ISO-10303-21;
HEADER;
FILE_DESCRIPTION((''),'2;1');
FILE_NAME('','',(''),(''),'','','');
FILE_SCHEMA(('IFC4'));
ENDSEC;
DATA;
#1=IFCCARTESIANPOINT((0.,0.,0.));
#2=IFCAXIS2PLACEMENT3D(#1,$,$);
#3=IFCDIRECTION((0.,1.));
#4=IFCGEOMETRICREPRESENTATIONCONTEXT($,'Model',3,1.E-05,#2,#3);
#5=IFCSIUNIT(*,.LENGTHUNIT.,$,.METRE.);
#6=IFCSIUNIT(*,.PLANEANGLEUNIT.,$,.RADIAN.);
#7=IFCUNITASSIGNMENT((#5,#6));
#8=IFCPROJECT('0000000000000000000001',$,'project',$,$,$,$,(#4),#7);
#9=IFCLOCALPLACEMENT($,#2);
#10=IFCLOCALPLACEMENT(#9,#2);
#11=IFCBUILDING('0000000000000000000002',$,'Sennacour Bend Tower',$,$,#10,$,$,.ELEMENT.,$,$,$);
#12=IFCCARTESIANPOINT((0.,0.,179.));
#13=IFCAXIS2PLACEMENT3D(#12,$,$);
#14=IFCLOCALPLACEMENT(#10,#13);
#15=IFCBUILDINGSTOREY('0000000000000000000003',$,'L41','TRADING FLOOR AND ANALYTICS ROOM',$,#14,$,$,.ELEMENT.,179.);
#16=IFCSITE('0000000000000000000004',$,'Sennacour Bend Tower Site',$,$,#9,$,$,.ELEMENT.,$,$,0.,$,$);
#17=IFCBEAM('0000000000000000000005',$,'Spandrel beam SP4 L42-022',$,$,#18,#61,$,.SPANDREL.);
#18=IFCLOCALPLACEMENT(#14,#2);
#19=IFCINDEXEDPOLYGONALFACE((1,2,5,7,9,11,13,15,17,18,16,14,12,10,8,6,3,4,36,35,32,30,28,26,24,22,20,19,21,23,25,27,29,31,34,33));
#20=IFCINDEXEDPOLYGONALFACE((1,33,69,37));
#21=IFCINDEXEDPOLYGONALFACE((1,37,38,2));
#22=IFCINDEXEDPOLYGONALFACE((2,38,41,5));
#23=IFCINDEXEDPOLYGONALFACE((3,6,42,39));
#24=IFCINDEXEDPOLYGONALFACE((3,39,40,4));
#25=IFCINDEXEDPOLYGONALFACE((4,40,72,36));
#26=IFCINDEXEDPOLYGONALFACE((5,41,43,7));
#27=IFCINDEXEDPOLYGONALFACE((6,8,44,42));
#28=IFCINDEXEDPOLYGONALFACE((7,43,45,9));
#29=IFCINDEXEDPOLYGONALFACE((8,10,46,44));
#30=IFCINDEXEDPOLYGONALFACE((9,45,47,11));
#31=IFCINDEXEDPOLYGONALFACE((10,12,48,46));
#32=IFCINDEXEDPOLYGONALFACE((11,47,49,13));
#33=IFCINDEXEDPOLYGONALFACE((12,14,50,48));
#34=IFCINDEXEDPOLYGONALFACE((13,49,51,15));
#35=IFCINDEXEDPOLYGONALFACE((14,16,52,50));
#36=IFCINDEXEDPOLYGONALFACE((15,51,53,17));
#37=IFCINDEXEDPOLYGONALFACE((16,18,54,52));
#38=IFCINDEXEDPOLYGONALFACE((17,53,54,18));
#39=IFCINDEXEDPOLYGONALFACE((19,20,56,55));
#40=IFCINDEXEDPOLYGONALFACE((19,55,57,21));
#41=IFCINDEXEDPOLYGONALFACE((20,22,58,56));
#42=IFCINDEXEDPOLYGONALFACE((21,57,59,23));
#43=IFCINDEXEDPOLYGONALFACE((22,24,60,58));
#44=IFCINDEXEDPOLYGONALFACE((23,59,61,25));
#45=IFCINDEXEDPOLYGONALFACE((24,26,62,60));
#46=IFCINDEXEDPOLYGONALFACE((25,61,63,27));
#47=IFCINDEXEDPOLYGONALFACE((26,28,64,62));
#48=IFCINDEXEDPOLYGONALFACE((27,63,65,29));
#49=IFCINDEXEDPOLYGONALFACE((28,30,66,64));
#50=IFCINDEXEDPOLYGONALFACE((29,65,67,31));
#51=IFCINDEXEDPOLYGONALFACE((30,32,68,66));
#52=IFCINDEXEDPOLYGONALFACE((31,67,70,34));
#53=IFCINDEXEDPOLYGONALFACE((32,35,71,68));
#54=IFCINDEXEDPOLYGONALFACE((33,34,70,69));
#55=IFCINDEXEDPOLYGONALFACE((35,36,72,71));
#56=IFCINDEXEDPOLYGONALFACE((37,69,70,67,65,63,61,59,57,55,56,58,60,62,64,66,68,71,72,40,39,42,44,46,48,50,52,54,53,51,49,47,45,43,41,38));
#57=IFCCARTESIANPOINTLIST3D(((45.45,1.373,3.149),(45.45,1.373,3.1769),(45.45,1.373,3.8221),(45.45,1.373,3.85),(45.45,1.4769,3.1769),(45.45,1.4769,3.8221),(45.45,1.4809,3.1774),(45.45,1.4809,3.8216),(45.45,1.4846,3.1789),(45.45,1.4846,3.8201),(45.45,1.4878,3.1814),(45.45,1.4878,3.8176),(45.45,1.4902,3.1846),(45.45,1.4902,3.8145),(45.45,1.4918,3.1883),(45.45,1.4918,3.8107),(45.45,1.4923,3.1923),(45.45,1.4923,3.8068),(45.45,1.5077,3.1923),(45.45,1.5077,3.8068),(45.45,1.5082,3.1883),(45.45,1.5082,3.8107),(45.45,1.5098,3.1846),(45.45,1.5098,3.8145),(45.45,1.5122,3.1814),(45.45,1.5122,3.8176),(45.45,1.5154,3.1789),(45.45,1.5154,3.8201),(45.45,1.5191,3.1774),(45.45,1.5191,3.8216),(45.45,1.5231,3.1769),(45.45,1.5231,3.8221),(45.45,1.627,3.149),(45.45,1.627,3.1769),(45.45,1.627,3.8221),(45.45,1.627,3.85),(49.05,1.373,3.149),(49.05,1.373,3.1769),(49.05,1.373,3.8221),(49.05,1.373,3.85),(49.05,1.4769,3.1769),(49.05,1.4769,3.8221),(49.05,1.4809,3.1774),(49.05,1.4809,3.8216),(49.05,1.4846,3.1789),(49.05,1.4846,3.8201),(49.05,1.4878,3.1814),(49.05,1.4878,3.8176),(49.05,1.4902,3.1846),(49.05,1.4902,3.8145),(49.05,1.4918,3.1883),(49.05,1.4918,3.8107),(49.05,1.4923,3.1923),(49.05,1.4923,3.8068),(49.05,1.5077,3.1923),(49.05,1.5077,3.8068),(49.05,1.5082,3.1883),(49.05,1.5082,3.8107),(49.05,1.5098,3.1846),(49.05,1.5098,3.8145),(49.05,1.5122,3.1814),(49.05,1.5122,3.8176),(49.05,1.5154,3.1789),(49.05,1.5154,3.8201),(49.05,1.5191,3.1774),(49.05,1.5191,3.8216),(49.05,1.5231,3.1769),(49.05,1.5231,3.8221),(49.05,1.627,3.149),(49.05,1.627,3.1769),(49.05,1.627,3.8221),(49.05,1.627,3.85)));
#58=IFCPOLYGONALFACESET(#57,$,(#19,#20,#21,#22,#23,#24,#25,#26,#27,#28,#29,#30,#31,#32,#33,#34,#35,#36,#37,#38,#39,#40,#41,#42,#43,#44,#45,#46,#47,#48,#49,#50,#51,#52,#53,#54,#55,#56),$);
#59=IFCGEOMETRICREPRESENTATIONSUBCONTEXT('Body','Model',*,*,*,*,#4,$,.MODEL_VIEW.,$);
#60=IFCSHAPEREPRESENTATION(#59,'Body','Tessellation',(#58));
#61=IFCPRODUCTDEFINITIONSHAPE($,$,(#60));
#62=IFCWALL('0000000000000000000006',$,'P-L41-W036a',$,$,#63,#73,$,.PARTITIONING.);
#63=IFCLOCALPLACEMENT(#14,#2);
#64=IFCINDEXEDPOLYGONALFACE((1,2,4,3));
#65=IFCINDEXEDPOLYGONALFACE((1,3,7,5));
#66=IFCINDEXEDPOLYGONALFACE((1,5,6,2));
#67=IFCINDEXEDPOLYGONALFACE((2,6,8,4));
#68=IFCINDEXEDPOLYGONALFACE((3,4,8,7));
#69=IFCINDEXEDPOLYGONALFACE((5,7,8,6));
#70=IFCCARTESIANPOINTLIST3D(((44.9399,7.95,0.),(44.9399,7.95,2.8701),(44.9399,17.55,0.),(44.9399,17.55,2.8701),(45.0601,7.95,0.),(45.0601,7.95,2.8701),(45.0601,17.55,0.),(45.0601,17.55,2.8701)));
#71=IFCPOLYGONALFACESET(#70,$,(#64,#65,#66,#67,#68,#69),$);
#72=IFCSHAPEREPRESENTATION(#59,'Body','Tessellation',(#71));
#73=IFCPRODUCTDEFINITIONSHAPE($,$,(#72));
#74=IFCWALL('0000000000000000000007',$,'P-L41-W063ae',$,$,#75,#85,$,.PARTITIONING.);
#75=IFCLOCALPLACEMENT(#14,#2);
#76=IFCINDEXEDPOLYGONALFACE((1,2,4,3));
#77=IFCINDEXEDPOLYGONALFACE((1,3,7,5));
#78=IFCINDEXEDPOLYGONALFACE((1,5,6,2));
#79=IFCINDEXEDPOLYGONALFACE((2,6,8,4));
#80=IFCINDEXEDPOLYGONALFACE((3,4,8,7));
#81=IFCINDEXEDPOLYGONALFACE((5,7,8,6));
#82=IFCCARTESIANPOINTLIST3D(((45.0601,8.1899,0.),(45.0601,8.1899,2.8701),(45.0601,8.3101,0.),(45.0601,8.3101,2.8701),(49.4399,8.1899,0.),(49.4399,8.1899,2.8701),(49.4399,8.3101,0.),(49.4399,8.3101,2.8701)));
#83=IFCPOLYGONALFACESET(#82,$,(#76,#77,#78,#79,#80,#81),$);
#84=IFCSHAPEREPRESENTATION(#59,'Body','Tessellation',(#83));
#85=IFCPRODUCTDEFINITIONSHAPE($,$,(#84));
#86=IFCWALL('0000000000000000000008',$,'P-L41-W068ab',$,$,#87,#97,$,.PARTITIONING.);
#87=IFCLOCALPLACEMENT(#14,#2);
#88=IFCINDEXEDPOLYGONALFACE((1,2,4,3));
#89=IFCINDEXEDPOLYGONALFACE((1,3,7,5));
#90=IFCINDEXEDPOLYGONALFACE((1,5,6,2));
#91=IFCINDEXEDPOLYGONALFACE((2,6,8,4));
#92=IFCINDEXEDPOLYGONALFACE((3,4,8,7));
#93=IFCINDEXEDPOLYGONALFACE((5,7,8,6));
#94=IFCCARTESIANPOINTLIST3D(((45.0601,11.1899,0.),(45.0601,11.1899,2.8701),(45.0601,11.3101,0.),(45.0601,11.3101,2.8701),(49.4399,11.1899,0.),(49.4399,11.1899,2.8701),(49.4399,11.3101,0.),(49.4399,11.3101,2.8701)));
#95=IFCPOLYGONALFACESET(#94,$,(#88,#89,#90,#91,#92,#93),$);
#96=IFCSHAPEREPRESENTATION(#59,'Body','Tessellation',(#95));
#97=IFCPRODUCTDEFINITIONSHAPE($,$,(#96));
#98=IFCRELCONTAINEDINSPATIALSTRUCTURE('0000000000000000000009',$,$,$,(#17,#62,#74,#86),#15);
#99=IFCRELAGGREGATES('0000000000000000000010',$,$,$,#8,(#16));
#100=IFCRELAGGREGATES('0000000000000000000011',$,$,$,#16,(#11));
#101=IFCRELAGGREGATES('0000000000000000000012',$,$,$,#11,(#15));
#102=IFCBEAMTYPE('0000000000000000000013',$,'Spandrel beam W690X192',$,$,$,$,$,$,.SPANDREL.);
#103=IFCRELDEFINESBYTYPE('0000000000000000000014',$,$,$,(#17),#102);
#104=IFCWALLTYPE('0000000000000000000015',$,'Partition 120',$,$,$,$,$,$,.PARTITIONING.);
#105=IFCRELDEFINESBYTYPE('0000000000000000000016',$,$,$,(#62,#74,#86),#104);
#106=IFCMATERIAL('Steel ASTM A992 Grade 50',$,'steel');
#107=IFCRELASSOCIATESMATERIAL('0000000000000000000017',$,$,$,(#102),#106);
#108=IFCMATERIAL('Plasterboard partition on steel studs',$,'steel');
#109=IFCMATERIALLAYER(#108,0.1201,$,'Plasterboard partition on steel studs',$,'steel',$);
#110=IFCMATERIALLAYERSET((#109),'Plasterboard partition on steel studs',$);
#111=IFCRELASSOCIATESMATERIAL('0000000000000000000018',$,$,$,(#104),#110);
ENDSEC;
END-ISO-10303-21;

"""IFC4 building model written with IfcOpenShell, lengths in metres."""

from ifc_helpers import new_model, si_unit, direction, frame, frame_2d, origin, origin_2d, place, context, subcontext, project, spatial, rectangle, i_section, extrude, material, layer, layer_set, material_profile, profile_set, type_object, element, save


model = new_model("IFC4")

# Units and contexts
model_context = context("Model", 3, precision=1e-05, world=origin(), true_north=direction((0.0, 1.0)))
body_context = subcontext(model_context, "Body", "Model", "MODEL_VIEW")
ifc_project = project(units=[si_unit("LENGTHUNIT", "METRE"), si_unit("PLANEANGLEUNIT", "RADIAN")], contexts=[model_context])

# Site, building, storey
site_placement = place(None, origin())
site = spatial("IfcSite", under=ifc_project, at=site_placement, Name="Sennacour Bend Tower Site", CompositionType="ELEMENT", RefElevation=0.0)
building_placement = place(site_placement, origin())
building = spatial("IfcBuilding", under=site, at=building_placement, Name="Sennacour Bend Tower", CompositionType="ELEMENT")
storey_placement = place(building_placement, frame((0.0, 0.0, 179.0)))
storey = spatial("IfcBuildingStorey", under=building, at=storey_placement, Name="L41", Description="TRADING FLOOR AND ANALYTICS ROOM", CompositionType="ELEMENT", Elevation=179.0)

# Beam
ifc_material_1 = material(Name="Steel ASTM A992 Grade 50", Category="steel")
ifc_material_profile_1 = material_profile(ifc_material_1, i_section(OverallWidth=0.2539, OverallDepth=0.7009, WebThickness=0.0154, FlangeThickness=0.0278, FilletRadius=0.0154, at=origin_2d()), Name="Steel ASTM A992 Grade 50", Category="steel")
ifc_profile_set_1 = profile_set([ifc_material_profile_1], Name="Steel ASTM A992 Grade 50")
beam_type_1 = type_object("IfcBeamType", Name="Spandrel beam W690X192", PredefinedType="SPANDREL", material=ifc_profile_set_1)
beam_1_placement = place(storey_placement, frame((49.05, 1.5, 3.4995), z_axis=(-1.0, 0.0, 0.0), x_axis=(0.0, -1.0, 0.0)))
element("IfcBeam", 1, at=beam_1_placement, inside=storey, type_object=beam_type_1, Name="Spandrel beam SP4 L42-022", PredefinedType="SPANDREL", context=body_context, shape_type="SweptSolid", body=[
    extrude(i_section(OverallWidth=0.2539, OverallDepth=0.7009, WebThickness=0.0154, FlangeThickness=0.0278, FilletRadius=0.0154, at=origin_2d()), origin(), (0.0, 0.0, 1.0), 3.6001),
])

# Walls
ifc_material_2 = material(Name="Plasterboard partition on steel studs", Category="steel")
ifc_layer_1 = layer(ifc_material_2, 0.1201, Name="Plasterboard partition on steel studs", Category="steel")
ifc_layer_set_1 = layer_set([ifc_layer_1], Name="Plasterboard partition on steel studs")
wall_type_1 = type_object("IfcWallType", Name="Partition 120", PredefinedType="PARTITIONING", material=ifc_layer_set_1)
wall_1_placement = place(storey_placement, frame((45.0, 7.95, 0.0), z_axis=(0.0, 0.0, 1.0), x_axis=(0.0, 1.0, 0.0)))
element("IfcWall", 2, at=wall_1_placement, inside=storey, type_object=wall_type_1, Name="P-L41-W036a", PredefinedType="PARTITIONING", context=body_context, shape_type="SweptSolid", body=[
    extrude(rectangle(XDim=9.6001, YDim=0.1201, at=frame_2d((4.8, 0.0))), origin(), (0.0, 0.0, 1.0), 2.8701),
])
for number, where, z_axis, x_axis, name in (
    (3, (45.0601, 8.25, 0.0), (0.0, 0.0, 1.0), (1.0, 0.0, 0.0), "P-L41-W063ae"),
    (4, (45.0601, 11.25, 0.0), (0.0, 0.0, 1.0), (1.0, 0.0, 0.0), "P-L41-W068ab"),
):
    element("IfcWall", number, at=place(storey_placement, frame(where, z_axis=z_axis, x_axis=x_axis)), inside=storey, type_object=wall_type_1, Name=name, PredefinedType="PARTITIONING", context=body_context, shape_type="SweptSolid", body=[
        extrude(rectangle(XDim=4.3799, YDim=0.1201, at=frame_2d((2.1899, 0.0))), origin(), (0.0, 0.0, 1.0), 2.8701),
    ])

save(model, "model.ifc")
